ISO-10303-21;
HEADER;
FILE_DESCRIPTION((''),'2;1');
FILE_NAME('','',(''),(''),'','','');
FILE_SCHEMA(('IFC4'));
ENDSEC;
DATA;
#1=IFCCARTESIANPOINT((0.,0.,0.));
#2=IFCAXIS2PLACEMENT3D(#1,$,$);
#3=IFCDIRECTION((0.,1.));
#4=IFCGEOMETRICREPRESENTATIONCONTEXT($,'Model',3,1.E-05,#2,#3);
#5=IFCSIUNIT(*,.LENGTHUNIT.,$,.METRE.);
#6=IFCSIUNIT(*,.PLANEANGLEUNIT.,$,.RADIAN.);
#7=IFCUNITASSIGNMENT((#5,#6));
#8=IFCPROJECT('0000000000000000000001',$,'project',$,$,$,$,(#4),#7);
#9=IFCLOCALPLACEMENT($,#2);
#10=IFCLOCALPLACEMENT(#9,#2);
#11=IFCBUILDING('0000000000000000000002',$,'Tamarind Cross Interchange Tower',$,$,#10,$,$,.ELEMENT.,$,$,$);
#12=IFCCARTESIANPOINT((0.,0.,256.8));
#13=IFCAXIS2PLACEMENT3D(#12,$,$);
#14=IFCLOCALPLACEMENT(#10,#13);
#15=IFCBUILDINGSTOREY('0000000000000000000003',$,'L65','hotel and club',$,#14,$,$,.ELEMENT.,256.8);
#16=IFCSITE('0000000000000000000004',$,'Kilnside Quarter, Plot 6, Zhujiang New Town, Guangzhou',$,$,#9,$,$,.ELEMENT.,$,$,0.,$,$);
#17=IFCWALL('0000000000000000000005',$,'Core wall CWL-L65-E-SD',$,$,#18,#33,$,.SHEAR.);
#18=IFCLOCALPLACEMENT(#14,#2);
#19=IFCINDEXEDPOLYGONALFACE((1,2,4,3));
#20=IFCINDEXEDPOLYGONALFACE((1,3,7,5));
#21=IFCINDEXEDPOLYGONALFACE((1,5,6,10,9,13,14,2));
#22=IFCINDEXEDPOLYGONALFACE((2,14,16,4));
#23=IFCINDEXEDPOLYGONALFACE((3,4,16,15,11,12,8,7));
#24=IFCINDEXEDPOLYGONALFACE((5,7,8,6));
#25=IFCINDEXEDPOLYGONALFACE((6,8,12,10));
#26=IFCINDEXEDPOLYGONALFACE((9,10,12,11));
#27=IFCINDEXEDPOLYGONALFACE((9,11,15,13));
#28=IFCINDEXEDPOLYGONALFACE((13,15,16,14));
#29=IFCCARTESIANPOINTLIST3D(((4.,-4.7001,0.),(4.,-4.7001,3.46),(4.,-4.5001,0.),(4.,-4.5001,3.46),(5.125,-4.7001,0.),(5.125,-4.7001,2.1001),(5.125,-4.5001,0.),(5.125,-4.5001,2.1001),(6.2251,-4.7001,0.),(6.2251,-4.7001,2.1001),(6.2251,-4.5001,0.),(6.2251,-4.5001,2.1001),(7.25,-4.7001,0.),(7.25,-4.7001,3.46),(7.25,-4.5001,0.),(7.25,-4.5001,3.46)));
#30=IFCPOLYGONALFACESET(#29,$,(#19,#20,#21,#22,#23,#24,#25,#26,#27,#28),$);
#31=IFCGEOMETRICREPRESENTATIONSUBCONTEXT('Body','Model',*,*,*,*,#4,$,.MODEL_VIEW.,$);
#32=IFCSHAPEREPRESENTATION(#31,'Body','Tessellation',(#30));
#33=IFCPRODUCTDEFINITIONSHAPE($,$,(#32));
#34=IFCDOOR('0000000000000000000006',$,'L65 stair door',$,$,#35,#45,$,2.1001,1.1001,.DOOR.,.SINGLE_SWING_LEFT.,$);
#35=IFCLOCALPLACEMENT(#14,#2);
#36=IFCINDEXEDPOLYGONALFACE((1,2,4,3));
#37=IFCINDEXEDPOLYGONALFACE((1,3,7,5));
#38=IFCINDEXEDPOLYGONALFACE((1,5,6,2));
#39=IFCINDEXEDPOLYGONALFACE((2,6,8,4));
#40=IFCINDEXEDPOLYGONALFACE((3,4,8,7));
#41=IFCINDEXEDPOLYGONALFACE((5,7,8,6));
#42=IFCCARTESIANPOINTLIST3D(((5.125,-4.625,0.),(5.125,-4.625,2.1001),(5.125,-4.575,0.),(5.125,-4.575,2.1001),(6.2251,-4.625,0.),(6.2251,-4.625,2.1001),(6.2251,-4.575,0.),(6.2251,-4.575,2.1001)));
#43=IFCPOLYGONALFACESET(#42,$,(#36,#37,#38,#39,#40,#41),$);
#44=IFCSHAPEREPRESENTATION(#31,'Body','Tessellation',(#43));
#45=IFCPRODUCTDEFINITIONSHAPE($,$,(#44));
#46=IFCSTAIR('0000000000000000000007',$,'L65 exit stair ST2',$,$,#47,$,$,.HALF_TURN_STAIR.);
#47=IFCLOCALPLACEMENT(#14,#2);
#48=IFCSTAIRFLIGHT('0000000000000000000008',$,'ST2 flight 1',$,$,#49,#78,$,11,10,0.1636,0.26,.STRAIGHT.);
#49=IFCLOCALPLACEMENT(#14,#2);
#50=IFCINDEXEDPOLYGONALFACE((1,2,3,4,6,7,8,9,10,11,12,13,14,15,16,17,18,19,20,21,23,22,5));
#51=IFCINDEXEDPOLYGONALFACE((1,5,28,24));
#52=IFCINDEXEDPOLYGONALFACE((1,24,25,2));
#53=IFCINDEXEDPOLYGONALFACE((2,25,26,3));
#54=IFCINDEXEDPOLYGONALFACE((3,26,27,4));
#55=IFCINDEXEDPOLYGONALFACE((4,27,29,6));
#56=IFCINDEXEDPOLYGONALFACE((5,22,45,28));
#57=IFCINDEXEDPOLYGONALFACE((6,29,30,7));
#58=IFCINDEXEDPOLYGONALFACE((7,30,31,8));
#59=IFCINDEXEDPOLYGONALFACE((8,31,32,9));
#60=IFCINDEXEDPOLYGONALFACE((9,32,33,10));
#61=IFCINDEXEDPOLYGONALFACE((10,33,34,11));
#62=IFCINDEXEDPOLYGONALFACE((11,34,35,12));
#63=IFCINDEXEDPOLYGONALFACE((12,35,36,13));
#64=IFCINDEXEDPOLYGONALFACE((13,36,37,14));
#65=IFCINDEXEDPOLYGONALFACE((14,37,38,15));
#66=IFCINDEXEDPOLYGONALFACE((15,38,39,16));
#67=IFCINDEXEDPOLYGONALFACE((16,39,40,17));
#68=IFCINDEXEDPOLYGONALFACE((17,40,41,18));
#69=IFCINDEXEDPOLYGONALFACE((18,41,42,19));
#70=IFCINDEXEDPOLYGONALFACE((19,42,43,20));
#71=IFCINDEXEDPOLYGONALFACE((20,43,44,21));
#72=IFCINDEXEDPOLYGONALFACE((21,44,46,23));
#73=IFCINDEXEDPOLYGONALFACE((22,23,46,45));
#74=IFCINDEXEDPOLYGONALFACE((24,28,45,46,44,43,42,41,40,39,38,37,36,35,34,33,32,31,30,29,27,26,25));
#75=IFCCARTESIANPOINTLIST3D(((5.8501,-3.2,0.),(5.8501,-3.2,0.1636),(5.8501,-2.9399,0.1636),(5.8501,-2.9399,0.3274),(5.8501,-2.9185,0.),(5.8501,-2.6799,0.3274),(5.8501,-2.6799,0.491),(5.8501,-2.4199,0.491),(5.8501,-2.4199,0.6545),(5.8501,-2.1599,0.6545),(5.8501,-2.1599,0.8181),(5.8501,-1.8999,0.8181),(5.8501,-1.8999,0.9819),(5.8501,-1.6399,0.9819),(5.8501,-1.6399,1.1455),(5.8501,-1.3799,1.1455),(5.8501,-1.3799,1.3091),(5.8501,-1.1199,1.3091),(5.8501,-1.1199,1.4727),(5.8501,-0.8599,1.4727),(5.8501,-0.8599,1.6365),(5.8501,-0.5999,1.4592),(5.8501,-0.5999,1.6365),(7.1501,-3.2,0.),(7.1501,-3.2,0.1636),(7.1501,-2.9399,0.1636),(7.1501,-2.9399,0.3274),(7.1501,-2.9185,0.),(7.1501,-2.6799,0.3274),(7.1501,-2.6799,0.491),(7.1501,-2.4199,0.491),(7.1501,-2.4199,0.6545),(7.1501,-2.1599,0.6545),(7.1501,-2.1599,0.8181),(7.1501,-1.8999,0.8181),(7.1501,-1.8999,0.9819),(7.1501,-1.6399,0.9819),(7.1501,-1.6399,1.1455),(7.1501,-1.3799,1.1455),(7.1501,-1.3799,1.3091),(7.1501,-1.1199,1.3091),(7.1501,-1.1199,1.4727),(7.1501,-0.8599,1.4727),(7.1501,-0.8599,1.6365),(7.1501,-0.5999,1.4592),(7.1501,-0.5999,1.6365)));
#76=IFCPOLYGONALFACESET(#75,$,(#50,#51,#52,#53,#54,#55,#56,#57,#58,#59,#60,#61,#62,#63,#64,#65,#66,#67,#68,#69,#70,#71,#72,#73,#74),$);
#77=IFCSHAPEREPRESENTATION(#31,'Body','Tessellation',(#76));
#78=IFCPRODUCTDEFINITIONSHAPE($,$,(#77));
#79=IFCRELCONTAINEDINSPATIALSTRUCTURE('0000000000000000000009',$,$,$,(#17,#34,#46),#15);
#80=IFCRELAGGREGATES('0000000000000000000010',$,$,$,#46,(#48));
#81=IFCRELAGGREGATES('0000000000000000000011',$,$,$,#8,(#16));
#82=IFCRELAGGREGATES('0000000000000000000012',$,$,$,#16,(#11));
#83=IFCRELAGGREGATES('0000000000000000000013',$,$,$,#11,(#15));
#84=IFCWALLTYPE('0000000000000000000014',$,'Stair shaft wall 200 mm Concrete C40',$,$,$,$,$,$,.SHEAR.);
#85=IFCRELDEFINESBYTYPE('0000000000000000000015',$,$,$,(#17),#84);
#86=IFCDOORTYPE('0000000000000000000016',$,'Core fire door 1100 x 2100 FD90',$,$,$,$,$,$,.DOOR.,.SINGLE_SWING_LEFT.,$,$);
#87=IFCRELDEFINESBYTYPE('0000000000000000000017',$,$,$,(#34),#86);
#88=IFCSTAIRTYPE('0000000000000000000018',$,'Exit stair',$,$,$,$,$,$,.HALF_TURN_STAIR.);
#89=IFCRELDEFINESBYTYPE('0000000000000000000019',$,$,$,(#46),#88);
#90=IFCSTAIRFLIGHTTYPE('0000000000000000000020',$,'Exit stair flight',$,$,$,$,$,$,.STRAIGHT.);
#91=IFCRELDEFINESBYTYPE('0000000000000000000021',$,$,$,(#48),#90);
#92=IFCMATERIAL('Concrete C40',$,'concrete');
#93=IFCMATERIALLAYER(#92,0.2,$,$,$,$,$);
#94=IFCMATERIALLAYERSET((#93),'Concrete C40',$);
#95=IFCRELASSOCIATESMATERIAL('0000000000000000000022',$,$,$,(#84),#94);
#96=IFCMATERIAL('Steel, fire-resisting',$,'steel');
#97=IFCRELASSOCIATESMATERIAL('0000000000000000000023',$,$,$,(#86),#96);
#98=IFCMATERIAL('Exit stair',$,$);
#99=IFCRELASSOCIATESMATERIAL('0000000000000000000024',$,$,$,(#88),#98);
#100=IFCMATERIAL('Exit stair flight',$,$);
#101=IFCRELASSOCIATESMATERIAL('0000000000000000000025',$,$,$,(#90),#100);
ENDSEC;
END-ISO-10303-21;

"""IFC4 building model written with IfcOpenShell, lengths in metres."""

from ifc_helpers import new_model, si_unit, direction, frame, frame_2d, origin, place, context, subcontext, project, spatial, polyline, rectangle, outline, extrude, material, layer, layer_set, type_object, element, fill, aggregate, save


model = new_model("IFC4")

# Units and contexts
model_context = context("Model", 3, precision=1e-05, world=origin(), true_north=direction((0.0, 1.0)))
body_context = subcontext(model_context, "Body", "Model", "MODEL_VIEW")
ifc_project = project(units=[si_unit("LENGTHUNIT", "METRE"), si_unit("PLANEANGLEUNIT", "RADIAN")], contexts=[model_context])

# Site, building, storey
site_placement = place(None, origin())
site = spatial("IfcSite", under=ifc_project, at=site_placement, Name="Kilnside Quarter, Plot 6, Zhujiang New Town, Guangzhou", CompositionType="ELEMENT", RefElevation=0.0)
building_placement = place(site_placement, origin())
building = spatial("IfcBuilding", under=site, at=building_placement, Name="Tamarind Cross Interchange Tower", CompositionType="ELEMENT")
storey_placement = place(building_placement, frame((0.0, 0.0, 256.8)))
storey = spatial("IfcBuildingStorey", under=building, at=storey_placement, Name="L65", Description="hotel and club", CompositionType="ELEMENT", Elevation=256.8)

# Shared definitions
ifc_material_1 = material(Name="Steel, fire-resisting", Category="steel")

# Shared definitions
ifc_material_2 = material(Name="Concrete C40", Category="concrete")

# Wall, opening, door
ifc_layer_1 = layer(ifc_material_2, 0.2)
ifc_layer_set_1 = layer_set([ifc_layer_1], Name="Concrete C40")
wall_type_1 = type_object("IfcWallType", Name="Stair shaft wall 200 mm Concrete C40", PredefinedType="SHEAR", material=ifc_layer_set_1)
wall_1_placement = place(storey_placement, frame((7.25, -4.6001, 0.0), z_axis=(0.0, 0.0, 1.0), x_axis=(-1.0, 0.0, 0.0)))
wall_1 = element("IfcWall", 1, at=wall_1_placement, inside=storey, type_object=wall_type_1, Name="Core wall CWL-L65-E-SD", PredefinedType="SHEAR", context=body_context, shape_type="SweptSolid", body=[
    extrude(rectangle(XDim=3.25, YDim=0.2, at=frame_2d((1.625, 0.0))), origin(), (0.0, 0.0, 1.0), 3.46),
])
opening_1_placement = place(wall_1_placement, frame((1.0249, 0.0, 0.0)))
opening_1 = element("IfcOpeningElement", 2, at=opening_1_placement, cuts=wall_1, PredefinedType="OPENING", context=body_context, shape_type="SweptSolid", body=[
    extrude(rectangle(XDim=1.1001, YDim=2.1001, at=frame_2d((0.55, 1.05))), frame((0.0, 0.1099, 0.0), z_axis=(0.0, -1.0, 0.0), x_axis=(1.0, 0.0, 0.0)), (0.0, 0.0, 1.0), 0.22),
])
door_type_1 = type_object("IfcDoorType", Name="Core fire door 1100 x 2100 FD90", OperationType="SINGLE_SWING_LEFT", PredefinedType="DOOR", material=ifc_material_1)
door_1_placement = place(opening_1_placement, origin())
door_1 = element("IfcDoor", 3, at=door_1_placement, inside=storey, type_object=door_type_1, Name="L65 stair door", OperationType="SINGLE_SWING_LEFT", OverallHeight=2.1001, OverallWidth=1.1001, PredefinedType="DOOR", context=body_context, shape_type="SweptSolid", body=[
    extrude(rectangle(XDim=1.1001, YDim=2.1001, at=frame_2d((0.55, 1.05))), frame((0.0, 0.0249, 0.0), z_axis=(0.0, -1.0, 0.0), x_axis=(1.0, 0.0, 0.0)), (0.0, 0.0, 1.0), 0.05),
])
fill(opening_1, door_1)

# Stair, stair flight
ifc_material_3 = material(Name="Exit stair")
stair_type = type_object("IfcStairType", Name="Exit stair", PredefinedType="HALF_TURN_STAIR", material=ifc_material_3)
stair_placement = place(storey_placement, origin())
stair = element("IfcStair", 4, at=stair_placement, inside=storey, type_object=stair_type, Name="L65 exit stair ST2", PredefinedType="HALF_TURN_STAIR")
ifc_material_4 = material(Name="Exit stair flight")
stair_flight_type = type_object("IfcStairFlightType", Name="Exit stair flight", PredefinedType="STRAIGHT", material=ifc_material_4)
stair_flight_placement = place(storey_placement, frame((6.5, -3.2, 0.0), z_axis=(0.0, 0.0, 1.0), x_axis=(0.0, 1.0, 0.0)))
stair_flight = element("IfcStairFlight", 5, at=stair_flight_placement, type_object=stair_flight_type, Name="ST2 flight 1", NumberOfRisers=11, NumberOfTreads=10, PredefinedType="STRAIGHT", RiserHeight=0.1636, TreadLength=0.26, context=body_context, shape_type="SweptSolid", body=[
    extrude(outline(polyline([(0.0, 0.0), (0.0, 0.1636), (0.26, 0.1636), (0.26, 0.3274), (0.52, 0.3274), (0.52, 0.491), (0.78, 0.491), (0.78, 0.6545), (1.04, 0.6545), (1.04, 0.8181), (1.3, 0.8181), (1.3, 0.9819), (1.5601, 0.9819), (1.5601, 1.1455), (1.8201, 1.1455), (1.8201, 1.3091), (2.0801, 1.3091), (2.0801, 1.4727), (2.3401, 1.4727), (2.3401, 1.6365), (2.6001, 1.6365), (2.6001, 1.8), (2.6001, 1.4592), (0.2815, 0.0), (0.0, 0.0)])), frame((0.0, 0.6499, 0.0), z_axis=(0.0, -1.0, 0.0), x_axis=(1.0, 0.0, 0.0)), (0.0, 0.0, 1.0), 1.3),
])
aggregate(stair, [stair_flight])

save(model, "model.ifc")
